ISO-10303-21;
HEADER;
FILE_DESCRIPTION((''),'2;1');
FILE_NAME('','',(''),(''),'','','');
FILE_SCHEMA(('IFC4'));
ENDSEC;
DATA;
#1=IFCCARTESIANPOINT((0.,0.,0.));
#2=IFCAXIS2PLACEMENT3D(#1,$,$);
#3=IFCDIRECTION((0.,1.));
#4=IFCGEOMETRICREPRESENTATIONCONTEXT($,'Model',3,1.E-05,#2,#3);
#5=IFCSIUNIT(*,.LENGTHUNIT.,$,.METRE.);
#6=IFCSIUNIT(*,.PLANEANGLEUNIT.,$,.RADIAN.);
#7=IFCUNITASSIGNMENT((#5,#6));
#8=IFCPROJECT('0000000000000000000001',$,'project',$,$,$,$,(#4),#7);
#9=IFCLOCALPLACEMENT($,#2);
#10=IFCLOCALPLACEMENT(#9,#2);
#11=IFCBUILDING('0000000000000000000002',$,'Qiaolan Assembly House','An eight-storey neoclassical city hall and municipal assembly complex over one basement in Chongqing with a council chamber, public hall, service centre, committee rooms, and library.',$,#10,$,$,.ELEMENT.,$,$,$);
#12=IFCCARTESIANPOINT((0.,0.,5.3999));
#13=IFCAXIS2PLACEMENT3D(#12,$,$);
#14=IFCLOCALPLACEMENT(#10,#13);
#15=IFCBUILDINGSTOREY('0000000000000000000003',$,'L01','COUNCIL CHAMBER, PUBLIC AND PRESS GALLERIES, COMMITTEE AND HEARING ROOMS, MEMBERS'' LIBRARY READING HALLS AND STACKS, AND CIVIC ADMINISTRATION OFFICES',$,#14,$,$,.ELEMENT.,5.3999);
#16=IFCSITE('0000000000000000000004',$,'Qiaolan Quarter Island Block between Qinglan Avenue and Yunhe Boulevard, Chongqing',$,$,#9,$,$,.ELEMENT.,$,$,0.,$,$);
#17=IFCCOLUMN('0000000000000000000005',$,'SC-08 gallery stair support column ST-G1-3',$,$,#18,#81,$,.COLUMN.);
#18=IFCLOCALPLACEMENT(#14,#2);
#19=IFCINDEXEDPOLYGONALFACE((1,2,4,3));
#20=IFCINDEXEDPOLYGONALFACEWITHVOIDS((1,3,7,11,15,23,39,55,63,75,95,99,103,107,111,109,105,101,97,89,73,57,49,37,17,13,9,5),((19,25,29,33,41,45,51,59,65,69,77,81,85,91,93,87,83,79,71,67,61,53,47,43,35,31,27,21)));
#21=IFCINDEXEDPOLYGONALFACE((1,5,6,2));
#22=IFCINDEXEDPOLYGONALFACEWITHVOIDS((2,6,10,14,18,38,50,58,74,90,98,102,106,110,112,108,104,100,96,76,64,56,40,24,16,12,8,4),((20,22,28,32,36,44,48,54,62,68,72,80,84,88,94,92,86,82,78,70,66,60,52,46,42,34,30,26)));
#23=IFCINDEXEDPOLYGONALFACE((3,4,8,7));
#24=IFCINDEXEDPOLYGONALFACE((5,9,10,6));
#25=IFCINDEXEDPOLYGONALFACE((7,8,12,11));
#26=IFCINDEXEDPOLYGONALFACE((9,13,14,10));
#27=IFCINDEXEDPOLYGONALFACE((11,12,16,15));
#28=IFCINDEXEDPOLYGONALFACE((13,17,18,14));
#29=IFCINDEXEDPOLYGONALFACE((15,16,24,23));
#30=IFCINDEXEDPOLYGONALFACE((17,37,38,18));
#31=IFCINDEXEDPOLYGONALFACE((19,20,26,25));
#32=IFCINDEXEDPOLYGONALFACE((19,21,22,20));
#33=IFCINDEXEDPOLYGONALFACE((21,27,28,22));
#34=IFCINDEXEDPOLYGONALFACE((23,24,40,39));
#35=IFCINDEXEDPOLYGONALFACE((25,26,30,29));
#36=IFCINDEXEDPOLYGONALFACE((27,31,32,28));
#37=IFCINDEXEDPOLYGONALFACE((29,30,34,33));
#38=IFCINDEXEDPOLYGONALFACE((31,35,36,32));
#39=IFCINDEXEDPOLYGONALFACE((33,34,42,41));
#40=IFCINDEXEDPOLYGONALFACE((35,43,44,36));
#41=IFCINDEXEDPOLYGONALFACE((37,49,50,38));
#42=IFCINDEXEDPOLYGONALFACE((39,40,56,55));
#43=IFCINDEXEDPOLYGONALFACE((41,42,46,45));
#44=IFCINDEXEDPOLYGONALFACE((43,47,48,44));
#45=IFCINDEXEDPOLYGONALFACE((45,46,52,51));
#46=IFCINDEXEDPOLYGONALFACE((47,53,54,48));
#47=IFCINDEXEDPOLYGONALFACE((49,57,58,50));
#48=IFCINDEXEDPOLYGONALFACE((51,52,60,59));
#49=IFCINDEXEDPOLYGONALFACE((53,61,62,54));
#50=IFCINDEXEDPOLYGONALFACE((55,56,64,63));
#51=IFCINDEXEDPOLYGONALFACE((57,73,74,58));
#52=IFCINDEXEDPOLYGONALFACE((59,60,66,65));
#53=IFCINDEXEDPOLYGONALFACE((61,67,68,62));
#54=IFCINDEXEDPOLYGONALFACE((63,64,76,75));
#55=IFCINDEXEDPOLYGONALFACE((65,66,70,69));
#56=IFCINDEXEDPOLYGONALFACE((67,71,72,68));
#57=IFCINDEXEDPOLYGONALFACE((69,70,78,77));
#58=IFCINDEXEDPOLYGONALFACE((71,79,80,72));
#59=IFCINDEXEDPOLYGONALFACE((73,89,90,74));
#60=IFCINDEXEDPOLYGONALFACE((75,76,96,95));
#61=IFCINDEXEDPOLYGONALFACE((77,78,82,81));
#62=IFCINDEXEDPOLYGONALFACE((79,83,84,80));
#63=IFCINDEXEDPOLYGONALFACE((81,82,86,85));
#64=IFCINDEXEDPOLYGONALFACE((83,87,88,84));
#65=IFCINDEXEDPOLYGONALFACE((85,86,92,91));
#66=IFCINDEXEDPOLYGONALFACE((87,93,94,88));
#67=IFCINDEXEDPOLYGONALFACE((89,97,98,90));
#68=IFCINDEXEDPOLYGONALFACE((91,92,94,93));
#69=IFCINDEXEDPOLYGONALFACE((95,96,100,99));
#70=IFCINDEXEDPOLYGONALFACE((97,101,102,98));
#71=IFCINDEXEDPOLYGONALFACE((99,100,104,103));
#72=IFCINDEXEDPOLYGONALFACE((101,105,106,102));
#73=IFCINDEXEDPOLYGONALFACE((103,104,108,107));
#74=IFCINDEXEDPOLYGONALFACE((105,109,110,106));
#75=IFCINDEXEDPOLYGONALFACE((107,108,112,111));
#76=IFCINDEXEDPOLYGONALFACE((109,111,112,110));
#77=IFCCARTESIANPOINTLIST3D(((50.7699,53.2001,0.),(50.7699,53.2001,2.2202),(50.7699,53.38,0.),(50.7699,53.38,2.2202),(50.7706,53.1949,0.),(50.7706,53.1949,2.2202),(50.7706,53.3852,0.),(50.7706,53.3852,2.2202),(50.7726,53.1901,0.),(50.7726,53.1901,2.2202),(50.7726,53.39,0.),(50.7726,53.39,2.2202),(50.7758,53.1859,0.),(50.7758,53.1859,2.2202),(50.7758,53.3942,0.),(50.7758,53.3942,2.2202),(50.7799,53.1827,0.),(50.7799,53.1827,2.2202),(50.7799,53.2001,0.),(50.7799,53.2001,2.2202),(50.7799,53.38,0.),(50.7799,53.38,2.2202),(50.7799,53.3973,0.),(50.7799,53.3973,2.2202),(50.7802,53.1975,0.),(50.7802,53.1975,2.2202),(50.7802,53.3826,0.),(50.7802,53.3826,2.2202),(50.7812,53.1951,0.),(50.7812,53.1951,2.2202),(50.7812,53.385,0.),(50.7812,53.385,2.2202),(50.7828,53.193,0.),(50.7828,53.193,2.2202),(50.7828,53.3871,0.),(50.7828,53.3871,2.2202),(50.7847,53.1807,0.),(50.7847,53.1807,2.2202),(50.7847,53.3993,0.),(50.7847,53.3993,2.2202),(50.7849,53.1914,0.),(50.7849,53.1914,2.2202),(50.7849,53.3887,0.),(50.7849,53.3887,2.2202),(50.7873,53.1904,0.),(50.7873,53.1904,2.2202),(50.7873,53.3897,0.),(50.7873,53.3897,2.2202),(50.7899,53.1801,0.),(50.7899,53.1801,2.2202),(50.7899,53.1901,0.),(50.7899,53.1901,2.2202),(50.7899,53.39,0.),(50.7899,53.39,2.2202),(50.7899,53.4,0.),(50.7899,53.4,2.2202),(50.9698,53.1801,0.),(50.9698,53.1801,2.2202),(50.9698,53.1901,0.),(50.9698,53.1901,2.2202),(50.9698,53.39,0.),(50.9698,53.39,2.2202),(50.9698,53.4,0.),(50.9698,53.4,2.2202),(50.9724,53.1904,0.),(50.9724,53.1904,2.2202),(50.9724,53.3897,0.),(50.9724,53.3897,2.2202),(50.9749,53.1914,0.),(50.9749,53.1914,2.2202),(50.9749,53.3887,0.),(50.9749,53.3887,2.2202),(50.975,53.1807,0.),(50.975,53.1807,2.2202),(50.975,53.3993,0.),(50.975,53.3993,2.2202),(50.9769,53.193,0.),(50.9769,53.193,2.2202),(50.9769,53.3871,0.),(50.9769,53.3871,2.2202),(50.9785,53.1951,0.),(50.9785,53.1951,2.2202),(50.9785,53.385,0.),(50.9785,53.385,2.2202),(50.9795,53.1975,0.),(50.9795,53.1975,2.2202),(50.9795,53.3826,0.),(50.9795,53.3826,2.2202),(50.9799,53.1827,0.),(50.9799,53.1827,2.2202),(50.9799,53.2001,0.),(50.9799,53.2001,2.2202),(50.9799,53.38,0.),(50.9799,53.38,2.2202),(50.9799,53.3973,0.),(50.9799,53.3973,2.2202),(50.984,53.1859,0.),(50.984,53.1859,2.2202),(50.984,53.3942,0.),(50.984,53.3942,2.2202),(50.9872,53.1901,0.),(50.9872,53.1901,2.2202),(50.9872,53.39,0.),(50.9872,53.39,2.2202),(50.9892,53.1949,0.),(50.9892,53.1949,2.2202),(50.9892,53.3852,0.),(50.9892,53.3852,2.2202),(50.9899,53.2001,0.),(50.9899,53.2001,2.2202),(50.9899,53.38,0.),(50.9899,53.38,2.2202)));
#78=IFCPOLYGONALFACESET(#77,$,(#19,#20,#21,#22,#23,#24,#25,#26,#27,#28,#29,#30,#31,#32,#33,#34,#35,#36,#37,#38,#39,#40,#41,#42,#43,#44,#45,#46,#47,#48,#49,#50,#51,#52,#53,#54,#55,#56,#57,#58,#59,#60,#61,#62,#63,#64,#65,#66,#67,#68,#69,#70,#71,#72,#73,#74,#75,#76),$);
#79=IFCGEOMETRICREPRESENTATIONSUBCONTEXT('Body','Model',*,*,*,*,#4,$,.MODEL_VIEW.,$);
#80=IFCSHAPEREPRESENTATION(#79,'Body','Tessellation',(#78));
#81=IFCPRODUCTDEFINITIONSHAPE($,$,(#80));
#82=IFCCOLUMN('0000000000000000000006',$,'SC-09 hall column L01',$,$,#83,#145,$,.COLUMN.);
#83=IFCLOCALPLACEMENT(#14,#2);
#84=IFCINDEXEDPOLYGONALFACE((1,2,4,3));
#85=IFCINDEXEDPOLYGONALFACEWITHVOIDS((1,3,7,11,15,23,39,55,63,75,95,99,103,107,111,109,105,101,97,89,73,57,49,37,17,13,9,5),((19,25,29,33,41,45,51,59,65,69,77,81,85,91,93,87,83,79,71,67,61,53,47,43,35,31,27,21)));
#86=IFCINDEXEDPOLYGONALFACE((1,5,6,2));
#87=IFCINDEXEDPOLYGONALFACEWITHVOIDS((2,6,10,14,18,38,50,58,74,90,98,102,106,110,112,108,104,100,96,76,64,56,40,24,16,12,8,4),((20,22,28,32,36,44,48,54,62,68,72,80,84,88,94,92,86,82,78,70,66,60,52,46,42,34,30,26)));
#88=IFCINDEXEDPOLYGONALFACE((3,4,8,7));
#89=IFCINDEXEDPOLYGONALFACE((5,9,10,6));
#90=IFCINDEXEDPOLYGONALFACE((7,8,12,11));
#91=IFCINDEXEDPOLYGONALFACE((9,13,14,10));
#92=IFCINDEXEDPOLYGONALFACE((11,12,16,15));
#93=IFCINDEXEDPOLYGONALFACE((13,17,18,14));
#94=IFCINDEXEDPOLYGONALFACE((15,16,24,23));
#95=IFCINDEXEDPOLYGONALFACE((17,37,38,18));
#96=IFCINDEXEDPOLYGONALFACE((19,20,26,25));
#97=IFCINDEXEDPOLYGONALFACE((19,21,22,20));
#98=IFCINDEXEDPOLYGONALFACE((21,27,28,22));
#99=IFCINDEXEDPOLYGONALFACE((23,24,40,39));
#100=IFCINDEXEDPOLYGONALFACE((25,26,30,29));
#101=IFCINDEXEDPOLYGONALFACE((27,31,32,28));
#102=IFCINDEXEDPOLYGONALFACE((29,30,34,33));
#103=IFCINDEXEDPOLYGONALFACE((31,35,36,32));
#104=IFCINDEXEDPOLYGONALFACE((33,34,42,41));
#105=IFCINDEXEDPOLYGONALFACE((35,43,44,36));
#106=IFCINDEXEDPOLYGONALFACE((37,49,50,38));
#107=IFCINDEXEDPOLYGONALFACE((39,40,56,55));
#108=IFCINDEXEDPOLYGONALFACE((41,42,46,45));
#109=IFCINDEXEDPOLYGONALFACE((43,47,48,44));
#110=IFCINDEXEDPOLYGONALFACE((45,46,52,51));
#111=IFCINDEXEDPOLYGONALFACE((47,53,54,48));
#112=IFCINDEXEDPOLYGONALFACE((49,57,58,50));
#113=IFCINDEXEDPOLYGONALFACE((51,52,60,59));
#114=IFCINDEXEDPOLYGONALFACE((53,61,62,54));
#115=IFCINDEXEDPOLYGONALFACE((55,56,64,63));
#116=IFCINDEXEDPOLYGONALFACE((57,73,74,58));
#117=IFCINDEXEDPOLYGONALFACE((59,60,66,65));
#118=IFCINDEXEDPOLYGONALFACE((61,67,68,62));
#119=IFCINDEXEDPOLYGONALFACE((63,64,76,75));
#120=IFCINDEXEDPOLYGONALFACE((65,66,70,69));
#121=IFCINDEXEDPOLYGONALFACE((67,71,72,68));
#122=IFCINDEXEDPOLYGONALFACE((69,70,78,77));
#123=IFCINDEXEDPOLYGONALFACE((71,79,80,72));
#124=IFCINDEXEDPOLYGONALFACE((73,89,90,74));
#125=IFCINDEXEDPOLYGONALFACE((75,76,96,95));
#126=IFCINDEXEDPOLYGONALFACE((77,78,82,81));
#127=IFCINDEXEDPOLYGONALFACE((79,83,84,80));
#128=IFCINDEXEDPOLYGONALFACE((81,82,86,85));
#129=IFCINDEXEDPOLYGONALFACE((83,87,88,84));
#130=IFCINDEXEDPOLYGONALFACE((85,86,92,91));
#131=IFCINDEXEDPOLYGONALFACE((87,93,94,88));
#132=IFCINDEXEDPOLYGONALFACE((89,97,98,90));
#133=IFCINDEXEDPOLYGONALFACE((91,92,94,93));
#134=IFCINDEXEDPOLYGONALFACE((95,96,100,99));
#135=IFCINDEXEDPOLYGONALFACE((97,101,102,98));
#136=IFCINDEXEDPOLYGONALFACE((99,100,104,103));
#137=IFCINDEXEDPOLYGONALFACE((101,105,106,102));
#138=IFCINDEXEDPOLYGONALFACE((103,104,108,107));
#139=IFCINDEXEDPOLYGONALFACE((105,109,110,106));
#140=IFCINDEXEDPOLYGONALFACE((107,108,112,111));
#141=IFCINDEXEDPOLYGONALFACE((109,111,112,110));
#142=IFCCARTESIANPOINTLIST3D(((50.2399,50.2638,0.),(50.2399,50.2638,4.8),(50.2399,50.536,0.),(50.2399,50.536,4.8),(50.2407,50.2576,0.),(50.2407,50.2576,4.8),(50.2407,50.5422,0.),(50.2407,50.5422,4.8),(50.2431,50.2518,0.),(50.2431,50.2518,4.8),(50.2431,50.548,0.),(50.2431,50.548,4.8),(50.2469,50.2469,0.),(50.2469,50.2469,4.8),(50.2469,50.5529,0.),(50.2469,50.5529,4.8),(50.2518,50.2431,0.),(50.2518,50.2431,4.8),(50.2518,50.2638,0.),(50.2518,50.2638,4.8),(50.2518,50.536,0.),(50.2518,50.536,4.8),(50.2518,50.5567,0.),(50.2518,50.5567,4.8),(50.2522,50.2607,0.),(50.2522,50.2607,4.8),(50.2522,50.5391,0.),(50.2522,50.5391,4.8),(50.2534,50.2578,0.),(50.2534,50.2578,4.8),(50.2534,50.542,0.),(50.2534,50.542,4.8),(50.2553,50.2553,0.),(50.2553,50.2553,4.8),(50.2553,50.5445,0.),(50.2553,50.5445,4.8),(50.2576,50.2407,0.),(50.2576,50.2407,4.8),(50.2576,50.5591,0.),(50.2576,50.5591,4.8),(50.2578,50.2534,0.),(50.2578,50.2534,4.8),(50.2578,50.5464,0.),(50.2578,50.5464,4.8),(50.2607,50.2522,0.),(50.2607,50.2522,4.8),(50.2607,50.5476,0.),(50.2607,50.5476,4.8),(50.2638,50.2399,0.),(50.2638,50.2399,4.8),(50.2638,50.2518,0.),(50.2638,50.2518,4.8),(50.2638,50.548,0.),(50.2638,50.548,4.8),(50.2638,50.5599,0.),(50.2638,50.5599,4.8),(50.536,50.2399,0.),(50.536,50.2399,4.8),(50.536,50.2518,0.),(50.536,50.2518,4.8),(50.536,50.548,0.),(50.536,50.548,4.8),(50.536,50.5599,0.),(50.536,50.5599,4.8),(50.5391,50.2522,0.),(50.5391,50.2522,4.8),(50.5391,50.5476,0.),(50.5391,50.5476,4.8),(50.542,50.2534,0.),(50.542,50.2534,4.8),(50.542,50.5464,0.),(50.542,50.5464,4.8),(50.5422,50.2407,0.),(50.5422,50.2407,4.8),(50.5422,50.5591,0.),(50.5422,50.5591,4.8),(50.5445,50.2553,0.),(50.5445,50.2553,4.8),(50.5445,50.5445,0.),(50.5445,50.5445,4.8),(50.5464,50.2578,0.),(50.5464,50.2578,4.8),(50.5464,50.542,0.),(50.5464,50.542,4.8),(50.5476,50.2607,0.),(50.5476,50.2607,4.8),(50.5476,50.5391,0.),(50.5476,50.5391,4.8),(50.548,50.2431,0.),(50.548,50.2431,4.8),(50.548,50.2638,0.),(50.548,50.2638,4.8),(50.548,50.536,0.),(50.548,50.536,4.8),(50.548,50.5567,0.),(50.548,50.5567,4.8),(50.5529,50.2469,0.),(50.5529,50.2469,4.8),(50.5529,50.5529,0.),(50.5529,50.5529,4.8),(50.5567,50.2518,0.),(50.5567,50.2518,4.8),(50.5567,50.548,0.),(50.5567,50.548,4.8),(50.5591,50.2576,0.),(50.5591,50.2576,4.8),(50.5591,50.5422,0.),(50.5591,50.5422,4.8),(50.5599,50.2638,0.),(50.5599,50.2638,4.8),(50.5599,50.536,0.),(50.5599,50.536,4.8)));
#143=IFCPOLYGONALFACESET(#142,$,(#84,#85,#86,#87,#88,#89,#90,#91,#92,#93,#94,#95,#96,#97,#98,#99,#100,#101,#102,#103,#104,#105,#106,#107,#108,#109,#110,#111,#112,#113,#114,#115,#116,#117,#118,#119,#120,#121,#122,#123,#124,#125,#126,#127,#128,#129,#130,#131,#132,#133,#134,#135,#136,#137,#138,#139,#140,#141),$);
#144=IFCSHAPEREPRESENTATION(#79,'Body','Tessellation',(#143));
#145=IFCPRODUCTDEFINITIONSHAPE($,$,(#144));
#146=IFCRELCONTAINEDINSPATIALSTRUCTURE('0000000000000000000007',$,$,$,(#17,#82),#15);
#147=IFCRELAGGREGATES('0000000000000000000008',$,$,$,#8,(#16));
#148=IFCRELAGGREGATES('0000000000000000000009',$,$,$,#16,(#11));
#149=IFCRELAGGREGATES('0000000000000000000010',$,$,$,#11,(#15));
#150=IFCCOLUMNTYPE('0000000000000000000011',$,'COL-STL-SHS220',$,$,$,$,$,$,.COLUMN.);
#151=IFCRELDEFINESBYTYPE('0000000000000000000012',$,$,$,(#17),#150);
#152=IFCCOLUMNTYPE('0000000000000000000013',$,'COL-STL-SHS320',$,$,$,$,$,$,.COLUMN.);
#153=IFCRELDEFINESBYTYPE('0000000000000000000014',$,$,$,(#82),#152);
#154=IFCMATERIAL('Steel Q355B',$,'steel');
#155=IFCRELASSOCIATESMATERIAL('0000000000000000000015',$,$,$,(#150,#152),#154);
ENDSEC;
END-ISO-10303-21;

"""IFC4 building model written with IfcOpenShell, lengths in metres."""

from ifc_helpers import new_model, si_unit, direction, frame, origin, origin_2d, place, context, subcontext, project, spatial, hollow_rectangle, extrude, material, material_profile, profile_set, type_object, element, save


model = new_model("IFC4")

# Units and contexts
model_context = context("Model", 3, precision=1e-05, world=origin(), true_north=direction((0.0, 1.0)))
body_context = subcontext(model_context, "Body", "Model", "MODEL_VIEW")
ifc_project = project(units=[si_unit("LENGTHUNIT", "METRE"), si_unit("PLANEANGLEUNIT", "RADIAN")], contexts=[model_context])

# Site, building, storey
site_placement = place(None, origin())
site = spatial("IfcSite", under=ifc_project, at=site_placement, Name="Qiaolan Quarter Island Block between Qinglan Avenue and Yunhe Boulevard, Chongqing", CompositionType="ELEMENT", RefElevation=0.0)
building_placement = place(site_placement, origin())
building = spatial("IfcBuilding", under=site, at=building_placement, Name="Qiaolan Assembly House", Description="An eight-storey neoclassical city hall and municipal assembly complex over one basement in Chongqing with a council chamber, public hall, service centre, committee rooms, and library.", CompositionType="ELEMENT")
storey_placement = place(building_placement, frame((0.0, 0.0, 5.3999)))
storey = spatial("IfcBuildingStorey", under=building, at=storey_placement, Name="L01", Description="COUNCIL CHAMBER, PUBLIC AND PRESS GALLERIES, COMMITTEE AND HEARING ROOMS, MEMBERS' LIBRARY READING HALLS AND STACKS, AND CIVIC ADMINISTRATION OFFICES", CompositionType="ELEMENT", Elevation=5.3999)

# Columns
ifc_material_1 = material(Name="Steel Q355B", Category="steel")
ifc_material_profile_1 = material_profile(ifc_material_1, hollow_rectangle(XDim=0.22, YDim=0.22, WallThickness=0.01, InnerFilletRadius=0.01, OuterFilletRadius=0.02, at=origin_2d()), Name="SHS 220x220x10")
ifc_profile_set_1 = profile_set([ifc_material_profile_1], Name="Steel Q355B")
column_type_1 = type_object("IfcColumnType", Name="COL-STL-SHS220", PredefinedType="COLUMN", material=ifc_profile_set_1)
for number, where, z_axis, x_axis, name in (
    (1, (50.8799, 53.29, 0.0), (0.0, 0.0, 1.0), (1.0, 0.0, 0.0), "SC-08 gallery stair support column ST-G1-3"),
):
    element("IfcColumn", number, at=place(storey_placement, frame(where, z_axis=z_axis, x_axis=x_axis)), inside=storey, type_object=column_type_1, Name=name, PredefinedType="COLUMN", context=body_context, shape_type="SweptSolid", body=[
        extrude(hollow_rectangle(XDim=0.22, YDim=0.22, WallThickness=0.01, InnerFilletRadius=0.01, OuterFilletRadius=0.02, at=origin_2d()), origin(), (0.0, 0.0, 1.0), 2.2202),
    ])
ifc_material_profile_2 = material_profile(ifc_material_1, hollow_rectangle(XDim=0.3201, YDim=0.3201, WallThickness=0.012, InnerFilletRadius=0.012, OuterFilletRadius=0.0239, at=origin_2d()), Name="SHS 320x320x12")
ifc_profile_set_2 = profile_set([ifc_material_profile_2], Name="Steel Q355B")
column_type_2 = type_object("IfcColumnType", Name="COL-STL-SHS320", PredefinedType="COLUMN", material=ifc_profile_set_2)
for number, where, z_axis, x_axis, name in (
    (2, (50.3999, 50.3999, 0.0), (0.0, 0.0, 1.0), (1.0, 0.0, 0.0), "SC-09 hall column L01"),
):
    element("IfcColumn", number, at=place(storey_placement, frame(where, z_axis=z_axis, x_axis=x_axis)), inside=storey, type_object=column_type_2, Name=name, PredefinedType="COLUMN", context=body_context, shape_type="SweptSolid", body=[
        extrude(hollow_rectangle(XDim=0.3201, YDim=0.3201, WallThickness=0.012, InnerFilletRadius=0.012, OuterFilletRadius=0.0239, at=origin_2d()), origin(), (0.0, 0.0, 1.0), 4.8),
    ])

save(model, "model.ifc")
